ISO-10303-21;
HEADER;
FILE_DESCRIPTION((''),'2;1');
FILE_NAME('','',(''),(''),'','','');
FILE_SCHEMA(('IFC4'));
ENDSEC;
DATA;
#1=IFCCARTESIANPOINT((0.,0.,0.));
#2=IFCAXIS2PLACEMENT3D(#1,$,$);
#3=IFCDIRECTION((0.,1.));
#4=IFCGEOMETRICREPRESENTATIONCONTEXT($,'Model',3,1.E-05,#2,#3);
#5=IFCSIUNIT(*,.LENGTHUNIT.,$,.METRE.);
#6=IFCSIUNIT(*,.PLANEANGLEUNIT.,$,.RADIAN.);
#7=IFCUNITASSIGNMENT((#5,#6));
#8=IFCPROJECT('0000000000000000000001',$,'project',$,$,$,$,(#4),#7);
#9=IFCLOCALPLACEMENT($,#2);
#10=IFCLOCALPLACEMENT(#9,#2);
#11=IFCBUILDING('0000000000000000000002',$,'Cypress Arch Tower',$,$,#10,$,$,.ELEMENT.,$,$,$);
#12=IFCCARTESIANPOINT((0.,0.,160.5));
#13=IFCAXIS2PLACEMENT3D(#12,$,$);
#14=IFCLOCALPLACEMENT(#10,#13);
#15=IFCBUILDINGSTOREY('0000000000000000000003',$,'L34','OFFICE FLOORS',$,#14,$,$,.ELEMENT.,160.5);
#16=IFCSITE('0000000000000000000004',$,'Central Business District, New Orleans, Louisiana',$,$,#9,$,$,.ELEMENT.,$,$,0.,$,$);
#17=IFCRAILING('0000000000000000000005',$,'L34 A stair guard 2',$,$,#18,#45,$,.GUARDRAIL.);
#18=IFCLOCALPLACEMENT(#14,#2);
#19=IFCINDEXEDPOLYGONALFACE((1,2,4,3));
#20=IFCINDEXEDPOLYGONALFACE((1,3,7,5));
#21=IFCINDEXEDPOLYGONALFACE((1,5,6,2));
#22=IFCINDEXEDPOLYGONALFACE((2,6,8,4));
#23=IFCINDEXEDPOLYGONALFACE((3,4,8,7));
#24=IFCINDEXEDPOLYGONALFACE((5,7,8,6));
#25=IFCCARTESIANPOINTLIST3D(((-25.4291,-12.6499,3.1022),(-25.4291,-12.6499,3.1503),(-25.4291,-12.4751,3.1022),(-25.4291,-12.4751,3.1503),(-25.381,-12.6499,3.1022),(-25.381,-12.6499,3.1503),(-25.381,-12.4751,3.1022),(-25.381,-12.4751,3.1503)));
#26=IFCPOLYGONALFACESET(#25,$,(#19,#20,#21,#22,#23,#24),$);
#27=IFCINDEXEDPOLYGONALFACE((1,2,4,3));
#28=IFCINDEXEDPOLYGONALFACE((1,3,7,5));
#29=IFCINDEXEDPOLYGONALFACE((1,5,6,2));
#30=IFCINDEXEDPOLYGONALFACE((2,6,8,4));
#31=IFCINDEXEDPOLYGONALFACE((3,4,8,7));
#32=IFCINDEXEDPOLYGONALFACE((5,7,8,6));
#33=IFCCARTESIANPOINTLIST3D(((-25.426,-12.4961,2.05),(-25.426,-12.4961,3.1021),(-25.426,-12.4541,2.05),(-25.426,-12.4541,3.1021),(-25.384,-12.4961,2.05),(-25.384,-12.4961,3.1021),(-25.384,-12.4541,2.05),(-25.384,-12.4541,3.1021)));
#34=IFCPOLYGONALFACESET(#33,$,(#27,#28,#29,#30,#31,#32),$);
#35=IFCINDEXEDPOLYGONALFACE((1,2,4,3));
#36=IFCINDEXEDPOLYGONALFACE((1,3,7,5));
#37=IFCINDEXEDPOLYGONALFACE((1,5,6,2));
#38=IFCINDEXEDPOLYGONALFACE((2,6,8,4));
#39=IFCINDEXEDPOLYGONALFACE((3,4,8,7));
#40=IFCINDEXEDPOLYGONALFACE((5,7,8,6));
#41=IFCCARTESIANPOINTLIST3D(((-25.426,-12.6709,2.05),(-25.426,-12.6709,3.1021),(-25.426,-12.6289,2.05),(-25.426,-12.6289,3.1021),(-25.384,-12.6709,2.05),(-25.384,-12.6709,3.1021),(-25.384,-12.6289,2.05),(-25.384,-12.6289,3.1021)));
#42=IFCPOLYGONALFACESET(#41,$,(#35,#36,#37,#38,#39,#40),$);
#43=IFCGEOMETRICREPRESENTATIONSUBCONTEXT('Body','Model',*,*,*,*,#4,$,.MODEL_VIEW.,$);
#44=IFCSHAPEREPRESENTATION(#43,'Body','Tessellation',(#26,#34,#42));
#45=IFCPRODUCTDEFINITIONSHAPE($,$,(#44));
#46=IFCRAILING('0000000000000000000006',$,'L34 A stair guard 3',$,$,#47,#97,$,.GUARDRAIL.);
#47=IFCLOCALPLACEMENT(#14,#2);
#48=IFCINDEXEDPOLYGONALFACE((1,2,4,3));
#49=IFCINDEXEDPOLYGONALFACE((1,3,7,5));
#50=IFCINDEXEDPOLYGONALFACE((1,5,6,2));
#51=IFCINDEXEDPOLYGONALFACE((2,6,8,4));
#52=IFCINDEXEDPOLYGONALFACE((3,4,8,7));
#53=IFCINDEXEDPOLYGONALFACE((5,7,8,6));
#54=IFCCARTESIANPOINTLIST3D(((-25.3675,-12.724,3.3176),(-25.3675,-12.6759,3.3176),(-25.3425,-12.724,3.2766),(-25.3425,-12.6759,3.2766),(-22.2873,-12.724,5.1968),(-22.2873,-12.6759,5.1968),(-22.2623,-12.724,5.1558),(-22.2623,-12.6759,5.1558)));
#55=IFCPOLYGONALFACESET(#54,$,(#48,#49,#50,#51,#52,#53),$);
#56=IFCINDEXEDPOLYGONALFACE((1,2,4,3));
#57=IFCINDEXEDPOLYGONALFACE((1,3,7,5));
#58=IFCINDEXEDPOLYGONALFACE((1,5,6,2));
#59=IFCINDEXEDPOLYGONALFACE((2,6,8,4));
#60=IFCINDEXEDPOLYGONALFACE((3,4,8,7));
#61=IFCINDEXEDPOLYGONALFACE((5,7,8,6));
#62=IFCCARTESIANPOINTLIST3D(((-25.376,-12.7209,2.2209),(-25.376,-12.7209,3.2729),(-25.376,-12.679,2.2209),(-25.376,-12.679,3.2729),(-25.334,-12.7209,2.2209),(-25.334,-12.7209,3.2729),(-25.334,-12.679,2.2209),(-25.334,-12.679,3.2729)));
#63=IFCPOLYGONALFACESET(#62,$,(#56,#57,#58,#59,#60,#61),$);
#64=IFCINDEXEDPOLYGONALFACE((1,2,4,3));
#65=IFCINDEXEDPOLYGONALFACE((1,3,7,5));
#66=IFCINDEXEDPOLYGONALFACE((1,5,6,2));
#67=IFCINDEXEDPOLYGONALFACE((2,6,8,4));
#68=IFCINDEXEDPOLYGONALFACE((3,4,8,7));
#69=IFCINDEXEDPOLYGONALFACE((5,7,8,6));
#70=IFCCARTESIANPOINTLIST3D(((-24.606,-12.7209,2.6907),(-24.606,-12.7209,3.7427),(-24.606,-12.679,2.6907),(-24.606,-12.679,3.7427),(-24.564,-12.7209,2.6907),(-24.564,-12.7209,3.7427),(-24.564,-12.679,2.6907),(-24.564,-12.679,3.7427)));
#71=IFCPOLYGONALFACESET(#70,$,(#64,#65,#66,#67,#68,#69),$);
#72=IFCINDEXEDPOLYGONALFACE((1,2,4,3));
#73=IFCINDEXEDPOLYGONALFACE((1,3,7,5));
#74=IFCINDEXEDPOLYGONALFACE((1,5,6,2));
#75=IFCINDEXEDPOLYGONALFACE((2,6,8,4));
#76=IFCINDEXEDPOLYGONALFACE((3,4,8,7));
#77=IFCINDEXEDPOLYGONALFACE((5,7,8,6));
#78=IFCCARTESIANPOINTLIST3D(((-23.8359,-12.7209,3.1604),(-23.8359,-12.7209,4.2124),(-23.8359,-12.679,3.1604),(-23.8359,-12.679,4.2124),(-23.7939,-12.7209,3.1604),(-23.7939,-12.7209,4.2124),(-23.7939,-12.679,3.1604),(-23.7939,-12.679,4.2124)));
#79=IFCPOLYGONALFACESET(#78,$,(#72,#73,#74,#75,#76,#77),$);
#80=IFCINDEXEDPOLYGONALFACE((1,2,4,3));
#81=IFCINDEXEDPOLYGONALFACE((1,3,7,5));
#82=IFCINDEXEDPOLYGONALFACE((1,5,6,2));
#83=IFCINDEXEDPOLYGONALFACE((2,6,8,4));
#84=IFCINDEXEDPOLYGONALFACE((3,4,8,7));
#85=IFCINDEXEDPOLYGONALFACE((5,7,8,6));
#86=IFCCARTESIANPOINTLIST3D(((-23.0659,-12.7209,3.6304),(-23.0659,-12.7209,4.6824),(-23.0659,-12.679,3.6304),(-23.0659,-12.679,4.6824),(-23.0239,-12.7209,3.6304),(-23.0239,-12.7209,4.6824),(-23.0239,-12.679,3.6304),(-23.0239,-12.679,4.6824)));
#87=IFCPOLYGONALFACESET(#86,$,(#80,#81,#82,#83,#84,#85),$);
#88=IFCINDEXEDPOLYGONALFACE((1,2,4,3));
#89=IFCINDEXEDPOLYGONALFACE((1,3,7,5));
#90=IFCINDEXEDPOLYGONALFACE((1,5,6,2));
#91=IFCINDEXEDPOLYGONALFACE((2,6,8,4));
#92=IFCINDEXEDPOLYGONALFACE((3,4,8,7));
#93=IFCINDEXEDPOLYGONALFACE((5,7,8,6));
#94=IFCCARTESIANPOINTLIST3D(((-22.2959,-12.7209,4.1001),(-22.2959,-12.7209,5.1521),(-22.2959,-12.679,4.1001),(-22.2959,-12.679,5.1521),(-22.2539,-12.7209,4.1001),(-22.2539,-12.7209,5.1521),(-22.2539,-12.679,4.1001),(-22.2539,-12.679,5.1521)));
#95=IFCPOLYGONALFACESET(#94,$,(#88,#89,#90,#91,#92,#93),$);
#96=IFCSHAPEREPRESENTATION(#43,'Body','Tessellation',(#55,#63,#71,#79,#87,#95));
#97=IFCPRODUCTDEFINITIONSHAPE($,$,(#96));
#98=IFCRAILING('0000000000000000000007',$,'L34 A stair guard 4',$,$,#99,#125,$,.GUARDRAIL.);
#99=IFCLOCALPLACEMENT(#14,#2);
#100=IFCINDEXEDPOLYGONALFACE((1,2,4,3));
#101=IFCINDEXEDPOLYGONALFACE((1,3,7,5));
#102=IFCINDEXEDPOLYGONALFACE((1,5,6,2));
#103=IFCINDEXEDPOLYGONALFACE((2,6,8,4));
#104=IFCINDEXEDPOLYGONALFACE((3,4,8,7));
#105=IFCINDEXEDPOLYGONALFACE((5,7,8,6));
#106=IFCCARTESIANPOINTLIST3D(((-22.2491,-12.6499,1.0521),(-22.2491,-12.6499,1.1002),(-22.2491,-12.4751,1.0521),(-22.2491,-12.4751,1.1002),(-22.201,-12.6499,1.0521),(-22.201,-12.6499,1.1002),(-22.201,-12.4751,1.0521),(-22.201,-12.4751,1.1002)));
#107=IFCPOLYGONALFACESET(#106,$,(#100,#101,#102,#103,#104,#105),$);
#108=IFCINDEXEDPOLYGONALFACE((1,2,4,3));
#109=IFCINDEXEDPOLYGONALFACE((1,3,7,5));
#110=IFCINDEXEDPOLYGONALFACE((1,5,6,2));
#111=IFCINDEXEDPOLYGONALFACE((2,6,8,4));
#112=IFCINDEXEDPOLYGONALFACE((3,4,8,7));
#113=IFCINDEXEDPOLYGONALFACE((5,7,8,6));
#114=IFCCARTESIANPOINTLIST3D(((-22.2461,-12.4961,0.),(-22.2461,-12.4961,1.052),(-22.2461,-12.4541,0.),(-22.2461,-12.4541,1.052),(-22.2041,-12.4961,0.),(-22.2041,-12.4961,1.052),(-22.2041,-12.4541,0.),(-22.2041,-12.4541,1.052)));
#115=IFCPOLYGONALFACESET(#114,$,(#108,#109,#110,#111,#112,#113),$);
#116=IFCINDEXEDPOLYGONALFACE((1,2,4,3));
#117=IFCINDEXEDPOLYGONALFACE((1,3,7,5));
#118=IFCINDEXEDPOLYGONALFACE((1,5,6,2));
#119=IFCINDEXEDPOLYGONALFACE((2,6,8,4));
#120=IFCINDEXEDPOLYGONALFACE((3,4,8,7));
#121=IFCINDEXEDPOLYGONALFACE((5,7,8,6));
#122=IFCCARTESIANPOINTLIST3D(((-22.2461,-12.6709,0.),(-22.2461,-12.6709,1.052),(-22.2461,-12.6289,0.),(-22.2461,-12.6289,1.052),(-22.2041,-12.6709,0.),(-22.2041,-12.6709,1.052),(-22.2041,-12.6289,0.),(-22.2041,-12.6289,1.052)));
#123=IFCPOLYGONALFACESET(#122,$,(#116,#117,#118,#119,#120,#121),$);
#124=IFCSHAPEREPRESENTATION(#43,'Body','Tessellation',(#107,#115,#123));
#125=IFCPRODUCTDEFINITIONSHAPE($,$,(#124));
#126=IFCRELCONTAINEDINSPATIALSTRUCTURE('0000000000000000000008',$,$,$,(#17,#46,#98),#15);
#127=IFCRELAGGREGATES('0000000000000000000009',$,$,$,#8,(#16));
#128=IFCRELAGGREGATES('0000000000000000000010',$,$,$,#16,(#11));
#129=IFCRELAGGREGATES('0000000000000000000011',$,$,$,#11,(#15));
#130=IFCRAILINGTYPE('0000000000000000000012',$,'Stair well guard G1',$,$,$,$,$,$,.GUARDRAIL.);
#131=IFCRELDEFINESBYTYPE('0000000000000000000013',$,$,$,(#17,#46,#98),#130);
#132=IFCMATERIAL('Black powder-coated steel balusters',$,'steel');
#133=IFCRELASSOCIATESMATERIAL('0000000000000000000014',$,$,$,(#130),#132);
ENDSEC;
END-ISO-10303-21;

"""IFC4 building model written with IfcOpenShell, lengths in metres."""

from ifc_helpers import new_model, si_unit, direction, frame, origin, origin_2d, place, context, subcontext, project, spatial, rectangle, extrude, material, type_object, element, save


model = new_model("IFC4")

# Units and contexts
model_context = context("Model", 3, precision=1e-05, world=origin(), true_north=direction((0.0, 1.0)))
body_context = subcontext(model_context, "Body", "Model", "MODEL_VIEW")
ifc_project = project(units=[si_unit("LENGTHUNIT", "METRE"), si_unit("PLANEANGLEUNIT", "RADIAN")], contexts=[model_context])

# Site, building, storey
site_placement = place(None, origin())
site = spatial("IfcSite", under=ifc_project, at=site_placement, Name="Central Business District, New Orleans, Louisiana", CompositionType="ELEMENT", RefElevation=0.0)
building_placement = place(site_placement, origin())
building = spatial("IfcBuilding", under=site, at=building_placement, Name="Cypress Arch Tower", CompositionType="ELEMENT")
storey_placement = place(building_placement, frame((0.0, 0.0, 160.5)))
storey = spatial("IfcBuildingStorey", under=building, at=storey_placement, Name="L34", Description="OFFICE FLOORS", CompositionType="ELEMENT", Elevation=160.5)

# Railings
ifc_material_1 = material(Name="Black powder-coated steel balusters", Category="steel")
railing_type_1 = type_object("IfcRailingType", Name="Stair well guard G1", PredefinedType="GUARDRAIL", material=ifc_material_1)
railing_1_placement = place(storey_placement, frame((-25.405, -12.4751, 2.05)))
element("IfcRailing", 1, at=railing_1_placement, inside=storey, type_object=railing_type_1, Name="L34 A stair guard 2", PredefinedType="GUARDRAIL", context=body_context, shape_type="SweptSolid", body=[
    extrude(rectangle(XDim=0.0481, YDim=0.0481, at=origin_2d()), frame((0.0, 0.0, 1.0762), z_axis=(0.0, -1.0, 0.0), x_axis=(1.0, 0.0, 0.0)), (0.0, 0.0, 1.0), 0.1748),
    extrude(rectangle(XDim=0.042, YDim=0.042, at=origin_2d()), origin(), (0.0, 0.0, 1.0), 1.052),
    extrude(rectangle(XDim=0.042, YDim=0.042, at=origin_2d()), frame((0.0, -0.1748, 0.0)), (0.0, 0.0, 1.0), 1.052),
])
railing_2_placement = place(storey_placement, frame((-25.355, -12.7, 2.2209)))
element("IfcRailing", 2, at=railing_2_placement, inside=storey, type_object=railing_type_1, Name="L34 A stair guard 3", PredefinedType="GUARDRAIL", context=body_context, shape_type="SweptSolid", body=[
    extrude(rectangle(XDim=0.0481, YDim=0.0481, at=origin_2d()), frame((0.0, 0.0, 1.0762), z_axis=(0.853666, 0.0, 0.52082), x_axis=(0.0, 1.0, 0.0)), (0.0, 0.0, 1.0), 3.6082),
    extrude(rectangle(XDim=0.042, YDim=0.042, at=origin_2d()), origin(), (0.0, 0.0, 1.0), 1.052),
    extrude(rectangle(XDim=0.042, YDim=0.042, at=origin_2d()), frame((0.77, 0.0, 0.4697)), (0.0, 0.0, 1.0), 1.052),
    extrude(rectangle(XDim=0.042, YDim=0.042, at=origin_2d()), frame((1.54, 0.0, 0.9395)), (0.0, 0.0, 1.0), 1.052),
    extrude(rectangle(XDim=0.042, YDim=0.042, at=origin_2d()), frame((2.3101, 0.0, 1.4094)), (0.0, 0.0, 1.0), 1.052),
    extrude(rectangle(XDim=0.042, YDim=0.042, at=origin_2d()), frame((3.0801, 0.0, 1.8792)), (0.0, 0.0, 1.0), 1.052),
])
railing_3_placement = place(storey_placement, frame((-22.2251, -12.4751, 0.0)))
element("IfcRailing", 3, at=railing_3_placement, inside=storey, type_object=railing_type_1, Name="L34 A stair guard 4", PredefinedType="GUARDRAIL", context=body_context, shape_type="SweptSolid", body=[
    extrude(rectangle(XDim=0.0481, YDim=0.0481, at=origin_2d()), frame((0.0, 0.0, 1.0762), z_axis=(0.0, -1.0, 0.0), x_axis=(1.0, 0.0, 0.0)), (0.0, 0.0, 1.0), 0.1748),
    extrude(rectangle(XDim=0.042, YDim=0.042, at=origin_2d()), origin(), (0.0, 0.0, 1.0), 1.052),
    extrude(rectangle(XDim=0.042, YDim=0.042, at=origin_2d()), frame((0.0, -0.1748, 0.0)), (0.0, 0.0, 1.0), 1.052),
])

save(model, "model.ifc")
